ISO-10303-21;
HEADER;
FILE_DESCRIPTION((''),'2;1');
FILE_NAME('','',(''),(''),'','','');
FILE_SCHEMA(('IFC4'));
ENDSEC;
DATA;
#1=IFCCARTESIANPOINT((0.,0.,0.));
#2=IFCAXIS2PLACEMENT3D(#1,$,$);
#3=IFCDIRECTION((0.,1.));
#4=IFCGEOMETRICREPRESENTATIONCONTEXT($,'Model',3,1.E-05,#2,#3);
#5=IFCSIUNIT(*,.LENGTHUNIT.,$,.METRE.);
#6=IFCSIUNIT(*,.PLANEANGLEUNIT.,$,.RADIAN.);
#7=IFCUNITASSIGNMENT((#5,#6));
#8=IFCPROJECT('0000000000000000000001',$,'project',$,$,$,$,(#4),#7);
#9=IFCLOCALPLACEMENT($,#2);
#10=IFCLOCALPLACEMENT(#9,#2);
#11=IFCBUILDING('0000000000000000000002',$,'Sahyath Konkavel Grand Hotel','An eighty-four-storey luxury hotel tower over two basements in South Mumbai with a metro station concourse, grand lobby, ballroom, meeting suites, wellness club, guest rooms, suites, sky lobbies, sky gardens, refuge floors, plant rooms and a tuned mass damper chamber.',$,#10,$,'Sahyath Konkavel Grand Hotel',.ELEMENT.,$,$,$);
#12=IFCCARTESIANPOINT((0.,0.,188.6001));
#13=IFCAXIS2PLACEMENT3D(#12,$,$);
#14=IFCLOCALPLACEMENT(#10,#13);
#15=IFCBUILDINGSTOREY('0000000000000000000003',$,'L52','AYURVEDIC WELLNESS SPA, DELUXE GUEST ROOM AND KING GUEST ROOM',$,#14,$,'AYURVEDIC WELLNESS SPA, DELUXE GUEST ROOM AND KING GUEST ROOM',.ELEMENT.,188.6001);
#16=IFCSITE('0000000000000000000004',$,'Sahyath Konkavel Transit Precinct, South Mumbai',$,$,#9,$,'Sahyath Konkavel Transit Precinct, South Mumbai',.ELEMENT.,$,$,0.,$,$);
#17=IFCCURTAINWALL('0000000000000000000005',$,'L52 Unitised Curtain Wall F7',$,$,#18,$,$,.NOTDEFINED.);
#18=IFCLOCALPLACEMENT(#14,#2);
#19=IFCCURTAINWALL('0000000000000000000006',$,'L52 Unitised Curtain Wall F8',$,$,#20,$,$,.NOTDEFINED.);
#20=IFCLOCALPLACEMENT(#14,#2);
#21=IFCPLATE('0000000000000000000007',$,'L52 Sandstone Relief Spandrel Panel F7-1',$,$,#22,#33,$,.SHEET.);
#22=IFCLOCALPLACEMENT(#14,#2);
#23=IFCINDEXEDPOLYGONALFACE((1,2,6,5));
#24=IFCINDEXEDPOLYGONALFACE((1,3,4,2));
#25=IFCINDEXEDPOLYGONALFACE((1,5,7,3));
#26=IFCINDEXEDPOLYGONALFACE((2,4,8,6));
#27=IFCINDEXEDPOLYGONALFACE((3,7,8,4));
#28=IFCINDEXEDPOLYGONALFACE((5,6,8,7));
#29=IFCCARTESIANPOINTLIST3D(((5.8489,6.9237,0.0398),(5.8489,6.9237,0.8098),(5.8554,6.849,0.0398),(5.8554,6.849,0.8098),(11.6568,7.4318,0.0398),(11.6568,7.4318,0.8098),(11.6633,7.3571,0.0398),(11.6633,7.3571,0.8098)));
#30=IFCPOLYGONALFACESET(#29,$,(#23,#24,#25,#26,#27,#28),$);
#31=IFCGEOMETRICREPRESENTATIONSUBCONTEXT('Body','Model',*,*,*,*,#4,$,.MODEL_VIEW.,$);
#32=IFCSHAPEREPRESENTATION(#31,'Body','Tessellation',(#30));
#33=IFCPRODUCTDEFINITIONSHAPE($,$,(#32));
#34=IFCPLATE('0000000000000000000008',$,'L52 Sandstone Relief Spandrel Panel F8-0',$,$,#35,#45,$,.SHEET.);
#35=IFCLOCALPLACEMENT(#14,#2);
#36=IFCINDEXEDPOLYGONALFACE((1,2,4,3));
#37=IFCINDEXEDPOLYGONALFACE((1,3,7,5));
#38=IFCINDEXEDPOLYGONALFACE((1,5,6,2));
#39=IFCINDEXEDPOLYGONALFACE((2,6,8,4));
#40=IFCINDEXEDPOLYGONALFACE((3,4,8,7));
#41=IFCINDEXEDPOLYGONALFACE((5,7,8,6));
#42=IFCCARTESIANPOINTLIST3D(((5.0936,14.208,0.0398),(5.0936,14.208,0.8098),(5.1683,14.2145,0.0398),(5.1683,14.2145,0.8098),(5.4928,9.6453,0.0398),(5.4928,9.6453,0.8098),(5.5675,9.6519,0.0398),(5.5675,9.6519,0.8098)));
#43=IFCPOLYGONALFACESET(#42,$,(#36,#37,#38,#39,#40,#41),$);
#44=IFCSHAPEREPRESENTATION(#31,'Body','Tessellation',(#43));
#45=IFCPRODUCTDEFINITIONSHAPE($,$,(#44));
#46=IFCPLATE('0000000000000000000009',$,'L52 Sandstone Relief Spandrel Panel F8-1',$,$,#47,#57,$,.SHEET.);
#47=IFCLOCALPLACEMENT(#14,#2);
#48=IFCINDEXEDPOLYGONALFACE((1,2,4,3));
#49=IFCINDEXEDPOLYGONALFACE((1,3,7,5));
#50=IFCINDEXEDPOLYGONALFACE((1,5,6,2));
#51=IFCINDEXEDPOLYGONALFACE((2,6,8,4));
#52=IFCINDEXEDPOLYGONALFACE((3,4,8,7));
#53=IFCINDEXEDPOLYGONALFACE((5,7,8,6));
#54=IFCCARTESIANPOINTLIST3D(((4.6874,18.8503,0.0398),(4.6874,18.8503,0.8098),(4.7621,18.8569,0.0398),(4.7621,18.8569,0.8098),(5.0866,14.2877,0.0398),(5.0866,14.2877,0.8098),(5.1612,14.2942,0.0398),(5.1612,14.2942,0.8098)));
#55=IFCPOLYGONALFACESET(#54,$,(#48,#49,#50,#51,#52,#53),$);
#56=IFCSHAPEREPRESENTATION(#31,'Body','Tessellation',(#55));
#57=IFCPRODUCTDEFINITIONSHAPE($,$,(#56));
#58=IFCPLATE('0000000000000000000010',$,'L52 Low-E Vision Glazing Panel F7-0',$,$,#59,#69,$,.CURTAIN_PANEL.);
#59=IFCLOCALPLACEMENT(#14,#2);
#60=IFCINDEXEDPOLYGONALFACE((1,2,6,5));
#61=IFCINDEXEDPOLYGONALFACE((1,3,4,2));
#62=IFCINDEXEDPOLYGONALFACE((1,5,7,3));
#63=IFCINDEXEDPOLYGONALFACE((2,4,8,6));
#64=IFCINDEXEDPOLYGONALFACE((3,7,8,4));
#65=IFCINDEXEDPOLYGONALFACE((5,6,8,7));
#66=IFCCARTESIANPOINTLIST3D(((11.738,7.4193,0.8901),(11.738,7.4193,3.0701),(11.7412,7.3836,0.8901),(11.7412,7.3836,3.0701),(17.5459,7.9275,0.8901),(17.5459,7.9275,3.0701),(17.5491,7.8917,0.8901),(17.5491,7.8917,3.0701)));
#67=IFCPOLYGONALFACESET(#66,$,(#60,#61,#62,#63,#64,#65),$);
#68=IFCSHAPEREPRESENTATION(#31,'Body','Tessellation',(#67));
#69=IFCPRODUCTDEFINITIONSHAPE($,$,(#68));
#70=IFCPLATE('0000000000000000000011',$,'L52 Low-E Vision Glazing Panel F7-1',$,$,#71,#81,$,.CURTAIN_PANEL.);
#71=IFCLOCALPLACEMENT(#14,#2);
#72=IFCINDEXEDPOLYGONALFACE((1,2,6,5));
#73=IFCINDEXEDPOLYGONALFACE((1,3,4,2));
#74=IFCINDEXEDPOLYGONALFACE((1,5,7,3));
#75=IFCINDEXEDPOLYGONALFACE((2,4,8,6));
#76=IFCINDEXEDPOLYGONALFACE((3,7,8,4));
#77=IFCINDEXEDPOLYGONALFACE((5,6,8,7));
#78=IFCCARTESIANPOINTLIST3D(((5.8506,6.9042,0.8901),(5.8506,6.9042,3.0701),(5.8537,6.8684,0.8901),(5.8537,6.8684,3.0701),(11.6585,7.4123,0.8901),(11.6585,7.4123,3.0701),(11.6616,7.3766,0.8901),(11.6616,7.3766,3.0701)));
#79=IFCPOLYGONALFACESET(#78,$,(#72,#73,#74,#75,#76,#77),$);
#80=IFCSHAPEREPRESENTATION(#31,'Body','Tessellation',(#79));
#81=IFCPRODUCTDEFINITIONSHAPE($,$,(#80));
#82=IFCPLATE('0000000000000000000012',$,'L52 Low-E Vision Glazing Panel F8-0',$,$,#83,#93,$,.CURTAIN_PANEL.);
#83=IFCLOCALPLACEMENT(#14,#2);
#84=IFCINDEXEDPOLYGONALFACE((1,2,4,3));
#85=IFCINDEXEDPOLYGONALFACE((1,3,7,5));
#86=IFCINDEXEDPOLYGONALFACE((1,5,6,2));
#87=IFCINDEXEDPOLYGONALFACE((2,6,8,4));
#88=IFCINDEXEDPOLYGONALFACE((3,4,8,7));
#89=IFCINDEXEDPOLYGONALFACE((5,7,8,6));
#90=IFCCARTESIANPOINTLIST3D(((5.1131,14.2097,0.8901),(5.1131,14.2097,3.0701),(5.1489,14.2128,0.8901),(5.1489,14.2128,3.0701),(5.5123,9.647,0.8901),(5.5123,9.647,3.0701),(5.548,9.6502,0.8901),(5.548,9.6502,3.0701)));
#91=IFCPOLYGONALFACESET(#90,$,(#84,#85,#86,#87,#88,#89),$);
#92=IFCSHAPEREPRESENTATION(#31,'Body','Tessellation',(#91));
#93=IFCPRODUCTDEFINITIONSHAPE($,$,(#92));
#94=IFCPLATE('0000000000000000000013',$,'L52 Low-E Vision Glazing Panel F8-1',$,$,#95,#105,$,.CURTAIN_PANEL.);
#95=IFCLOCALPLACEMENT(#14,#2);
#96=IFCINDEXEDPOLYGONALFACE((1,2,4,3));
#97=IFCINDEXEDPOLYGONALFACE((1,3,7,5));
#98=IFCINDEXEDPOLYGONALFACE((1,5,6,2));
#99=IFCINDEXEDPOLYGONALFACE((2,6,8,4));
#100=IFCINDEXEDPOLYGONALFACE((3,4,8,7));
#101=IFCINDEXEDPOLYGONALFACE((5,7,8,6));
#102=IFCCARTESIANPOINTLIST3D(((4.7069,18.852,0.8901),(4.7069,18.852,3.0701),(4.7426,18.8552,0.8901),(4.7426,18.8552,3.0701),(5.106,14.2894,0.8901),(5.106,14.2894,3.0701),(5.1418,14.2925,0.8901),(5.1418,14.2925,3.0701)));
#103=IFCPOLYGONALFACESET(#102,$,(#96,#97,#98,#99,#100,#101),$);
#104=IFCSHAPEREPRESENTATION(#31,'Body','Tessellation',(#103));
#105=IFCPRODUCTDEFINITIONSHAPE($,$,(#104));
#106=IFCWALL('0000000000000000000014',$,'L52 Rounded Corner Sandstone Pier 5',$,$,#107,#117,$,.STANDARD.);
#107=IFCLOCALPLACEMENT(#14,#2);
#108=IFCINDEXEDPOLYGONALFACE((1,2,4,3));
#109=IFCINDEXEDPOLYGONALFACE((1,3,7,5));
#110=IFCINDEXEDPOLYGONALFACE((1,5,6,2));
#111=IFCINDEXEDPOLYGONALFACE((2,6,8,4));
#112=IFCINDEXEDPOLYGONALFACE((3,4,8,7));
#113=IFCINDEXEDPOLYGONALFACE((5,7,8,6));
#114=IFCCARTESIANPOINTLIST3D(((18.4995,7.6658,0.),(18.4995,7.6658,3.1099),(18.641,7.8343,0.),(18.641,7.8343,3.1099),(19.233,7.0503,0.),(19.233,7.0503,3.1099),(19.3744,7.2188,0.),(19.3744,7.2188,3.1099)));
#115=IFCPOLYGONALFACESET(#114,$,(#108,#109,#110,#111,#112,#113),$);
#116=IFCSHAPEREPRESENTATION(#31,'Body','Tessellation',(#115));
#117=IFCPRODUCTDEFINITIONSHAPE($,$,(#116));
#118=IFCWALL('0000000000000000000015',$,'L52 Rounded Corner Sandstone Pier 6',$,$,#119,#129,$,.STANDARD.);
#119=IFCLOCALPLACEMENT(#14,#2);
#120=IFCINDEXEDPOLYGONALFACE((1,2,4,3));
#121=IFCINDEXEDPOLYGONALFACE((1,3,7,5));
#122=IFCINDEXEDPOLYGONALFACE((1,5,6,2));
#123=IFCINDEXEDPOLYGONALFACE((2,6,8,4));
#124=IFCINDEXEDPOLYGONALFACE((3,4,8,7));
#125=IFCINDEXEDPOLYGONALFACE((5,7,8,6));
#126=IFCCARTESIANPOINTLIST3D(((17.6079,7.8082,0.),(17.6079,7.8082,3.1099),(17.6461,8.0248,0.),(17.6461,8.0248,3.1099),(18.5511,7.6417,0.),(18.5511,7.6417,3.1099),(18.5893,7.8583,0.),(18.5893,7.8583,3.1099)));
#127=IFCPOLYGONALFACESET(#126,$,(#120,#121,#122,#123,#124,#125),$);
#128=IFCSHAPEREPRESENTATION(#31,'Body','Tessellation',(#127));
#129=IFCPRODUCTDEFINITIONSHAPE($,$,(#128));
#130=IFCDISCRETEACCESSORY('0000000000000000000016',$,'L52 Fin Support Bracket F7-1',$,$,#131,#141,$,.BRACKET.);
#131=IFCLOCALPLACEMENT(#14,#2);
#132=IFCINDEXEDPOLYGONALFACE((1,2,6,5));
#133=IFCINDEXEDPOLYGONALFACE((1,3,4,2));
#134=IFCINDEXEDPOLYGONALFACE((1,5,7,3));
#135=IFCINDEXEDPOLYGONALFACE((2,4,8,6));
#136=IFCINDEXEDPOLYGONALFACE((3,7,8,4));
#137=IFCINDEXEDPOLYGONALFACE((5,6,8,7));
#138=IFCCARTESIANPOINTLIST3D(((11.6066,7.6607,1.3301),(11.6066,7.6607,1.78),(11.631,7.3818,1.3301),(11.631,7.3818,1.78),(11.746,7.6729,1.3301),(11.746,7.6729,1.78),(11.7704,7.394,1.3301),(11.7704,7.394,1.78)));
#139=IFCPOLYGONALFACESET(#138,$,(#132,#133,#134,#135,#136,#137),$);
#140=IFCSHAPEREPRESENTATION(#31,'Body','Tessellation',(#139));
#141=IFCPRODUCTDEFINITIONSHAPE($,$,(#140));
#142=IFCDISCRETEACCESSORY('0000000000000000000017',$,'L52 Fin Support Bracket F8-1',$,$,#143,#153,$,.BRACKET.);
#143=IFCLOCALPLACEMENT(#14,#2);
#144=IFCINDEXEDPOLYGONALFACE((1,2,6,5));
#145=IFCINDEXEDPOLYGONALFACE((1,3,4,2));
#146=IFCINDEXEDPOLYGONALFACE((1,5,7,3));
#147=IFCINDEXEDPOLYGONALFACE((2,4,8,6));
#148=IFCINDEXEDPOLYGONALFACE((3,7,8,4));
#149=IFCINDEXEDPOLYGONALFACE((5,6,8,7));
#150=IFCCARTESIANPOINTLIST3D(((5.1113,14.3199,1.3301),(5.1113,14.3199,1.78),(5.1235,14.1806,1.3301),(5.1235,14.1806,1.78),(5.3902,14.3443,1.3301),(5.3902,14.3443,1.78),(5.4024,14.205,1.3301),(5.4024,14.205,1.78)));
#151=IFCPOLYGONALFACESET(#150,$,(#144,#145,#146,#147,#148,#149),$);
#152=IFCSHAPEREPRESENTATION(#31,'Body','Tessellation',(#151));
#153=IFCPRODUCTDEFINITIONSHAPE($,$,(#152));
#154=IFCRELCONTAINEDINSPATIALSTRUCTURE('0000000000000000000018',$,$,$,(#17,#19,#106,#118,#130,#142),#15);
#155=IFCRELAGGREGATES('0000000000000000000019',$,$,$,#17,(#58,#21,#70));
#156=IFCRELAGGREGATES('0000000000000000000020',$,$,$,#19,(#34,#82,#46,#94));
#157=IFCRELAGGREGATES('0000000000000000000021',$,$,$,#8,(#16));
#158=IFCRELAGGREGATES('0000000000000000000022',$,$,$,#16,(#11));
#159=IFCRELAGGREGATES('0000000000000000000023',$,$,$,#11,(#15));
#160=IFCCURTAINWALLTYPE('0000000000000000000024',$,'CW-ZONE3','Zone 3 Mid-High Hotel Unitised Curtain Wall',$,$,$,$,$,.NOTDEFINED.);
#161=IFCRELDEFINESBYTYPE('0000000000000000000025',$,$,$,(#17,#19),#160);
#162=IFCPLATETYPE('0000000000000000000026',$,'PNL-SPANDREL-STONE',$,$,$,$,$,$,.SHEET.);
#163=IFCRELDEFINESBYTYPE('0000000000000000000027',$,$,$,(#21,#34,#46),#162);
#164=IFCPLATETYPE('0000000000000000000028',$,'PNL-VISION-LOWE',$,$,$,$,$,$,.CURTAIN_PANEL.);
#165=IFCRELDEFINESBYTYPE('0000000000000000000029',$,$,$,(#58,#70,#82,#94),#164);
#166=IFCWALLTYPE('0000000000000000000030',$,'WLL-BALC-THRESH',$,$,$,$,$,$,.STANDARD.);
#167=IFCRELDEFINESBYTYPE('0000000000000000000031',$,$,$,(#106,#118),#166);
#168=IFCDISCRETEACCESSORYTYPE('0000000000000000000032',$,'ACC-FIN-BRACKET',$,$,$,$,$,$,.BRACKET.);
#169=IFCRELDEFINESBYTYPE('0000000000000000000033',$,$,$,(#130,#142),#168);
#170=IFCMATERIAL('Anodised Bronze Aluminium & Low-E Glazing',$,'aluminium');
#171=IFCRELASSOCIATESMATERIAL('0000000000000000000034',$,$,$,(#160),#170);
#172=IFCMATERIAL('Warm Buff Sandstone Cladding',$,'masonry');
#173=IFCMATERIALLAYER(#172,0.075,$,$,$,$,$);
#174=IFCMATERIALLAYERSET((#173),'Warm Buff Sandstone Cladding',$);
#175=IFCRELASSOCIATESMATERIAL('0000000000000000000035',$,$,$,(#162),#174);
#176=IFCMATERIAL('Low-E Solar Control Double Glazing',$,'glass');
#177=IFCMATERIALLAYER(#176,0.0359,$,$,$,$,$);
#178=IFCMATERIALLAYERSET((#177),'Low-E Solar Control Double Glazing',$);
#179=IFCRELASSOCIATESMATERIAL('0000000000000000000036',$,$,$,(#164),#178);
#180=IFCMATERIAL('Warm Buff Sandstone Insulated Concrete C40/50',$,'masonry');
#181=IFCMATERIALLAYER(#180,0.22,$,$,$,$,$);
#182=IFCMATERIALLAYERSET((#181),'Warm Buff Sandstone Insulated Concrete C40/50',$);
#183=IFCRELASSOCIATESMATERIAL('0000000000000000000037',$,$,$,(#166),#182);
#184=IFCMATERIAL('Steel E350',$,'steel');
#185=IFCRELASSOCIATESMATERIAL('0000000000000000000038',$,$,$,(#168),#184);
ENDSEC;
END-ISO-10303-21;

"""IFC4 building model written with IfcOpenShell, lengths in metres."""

from ifc_helpers import new_model, si_unit, direction, frame, frame_2d, origin, origin_2d, place, context, subcontext, project, spatial, rectangle, extrude, source, transform, mapped, material, layer, layer_set, type_object, element, aggregate, save


model = new_model("IFC4")

# Units and contexts
model_context = context("Model", 3, precision=1e-05, world=origin(), true_north=direction((0.0, 1.0)))
body_context = subcontext(model_context, "Body", "Model", "MODEL_VIEW")
ifc_project = project(units=[si_unit("LENGTHUNIT", "METRE"), si_unit("PLANEANGLEUNIT", "RADIAN")], contexts=[model_context])

# Site, building, storey
site_placement = place(None, origin())
site = spatial("IfcSite", under=ifc_project, at=site_placement, Name="Sahyath Konkavel Transit Precinct, South Mumbai", LongName="Sahyath Konkavel Transit Precinct, South Mumbai", CompositionType="ELEMENT", RefElevation=0.0)
building_placement = place(site_placement, origin())
building = spatial("IfcBuilding", under=site, at=building_placement, Name="Sahyath Konkavel Grand Hotel", Description="An eighty-four-storey luxury hotel tower over two basements in South Mumbai with a metro station concourse, grand lobby, ballroom, meeting suites, wellness club, guest rooms, suites, sky lobbies, sky gardens, refuge floors, plant rooms and a tuned mass damper chamber.", LongName="Sahyath Konkavel Grand Hotel", CompositionType="ELEMENT")
storey_placement = place(building_placement, frame((0.0, 0.0, 188.6001)))
storey = spatial("IfcBuildingStorey", under=building, at=storey_placement, Name="L52", Description="AYURVEDIC WELLNESS SPA, DELUXE GUEST ROOM AND KING GUEST ROOM", LongName="AYURVEDIC WELLNESS SPA, DELUXE GUEST ROOM AND KING GUEST ROOM", CompositionType="ELEMENT", Elevation=188.6001)

# Curtain walls
ifc_material_1 = material(Name="Anodised Bronze Aluminium & Low-E Glazing", Category="aluminium")
curtain_wall_type = type_object("IfcCurtainWallType", Name="CW-ZONE3", Description="Zone 3 Mid-High Hotel Unitised Curtain Wall", PredefinedType="NOTDEFINED", material=ifc_material_1)
curtain_wall_1_placement = place(storey_placement, origin())
curtain_wall_1 = element("IfcCurtainWall", 1, at=curtain_wall_1_placement, inside=storey, type_object=curtain_wall_type, Name="L52 Unitised Curtain Wall F7", PredefinedType="NOTDEFINED")
curtain_wall_2_placement = place(storey_placement, origin())
curtain_wall_2 = element("IfcCurtainWall", 2, at=curtain_wall_2_placement, inside=storey, type_object=curtain_wall_type, Name="L52 Unitised Curtain Wall F8", PredefinedType="NOTDEFINED")

# Plates
ifc_material_2 = material(Name="Warm Buff Sandstone Cladding", Category="masonry")
ifc_layer_1 = layer(ifc_material_2, 0.075)
ifc_layer_set_1 = layer_set([ifc_layer_1], Name="Warm Buff Sandstone Cladding")
plate_type_1 = type_object("IfcPlateType", Name="PNL-SPANDREL-STONE", PredefinedType="SHEET", material=ifc_layer_set_1)
shared_shape_1 = source(origin(), body_context, "Body", "SweptSolid", [
    extrude(rectangle(XDim=5.8301, YDim=0.075, at=origin_2d()), origin(), (0.0, 0.0, 1.0), 0.77),
])
plate_1_placement = place(storey_placement, frame((8.7561, 7.1404, 0.0398), z_axis=(0.0, 0.0, 1.0), x_axis=(-0.996195, -0.087156, 0.0)))
plate_1 = element("IfcPlate", 3, at=plate_1_placement, type_object=plate_type_1, Name="L52 Sandstone Relief Spandrel Panel F7-1", PredefinedType="SHEET", context=body_context, shape_type="MappedRepresentation", body=[
    mapped(shared_shape_1, transform((0.0, 0.0, 0.0), scale=1.0)),
])
shared_shape_2 = source(origin(), body_context, "Body", "SweptSolid", [
    extrude(rectangle(XDim=4.5801, YDim=0.075, at=origin_2d()), origin(), (0.0, 0.0, 1.0), 0.77),
])
plate_2_placement = place(storey_placement, frame((5.3306, 11.9299, 0.0398), z_axis=(0.0, 0.0, 1.0), x_axis=(-0.087156, 0.996195, 0.0)))
plate_2 = element("IfcPlate", 4, at=plate_2_placement, type_object=plate_type_1, Name="L52 Sandstone Relief Spandrel Panel F8-0", PredefinedType="SHEET", context=body_context, shape_type="MappedRepresentation", body=[
    mapped(shared_shape_2, transform((0.0, 0.0, 0.0), scale=1.0)),
])
plate_3_placement = place(storey_placement, frame((4.9243, 16.5723, 0.0398), z_axis=(0.0, 0.0, 1.0), x_axis=(-0.087156, 0.996195, 0.0)))
plate_3 = element("IfcPlate", 5, at=plate_3_placement, type_object=plate_type_1, Name="L52 Sandstone Relief Spandrel Panel F8-1", PredefinedType="SHEET", context=body_context, shape_type="MappedRepresentation", body=[
    mapped(shared_shape_2, transform((0.0, 0.0, 0.0), scale=1.0)),
])
ifc_material_3 = material(Name="Low-E Solar Control Double Glazing", Category="glass")
ifc_layer_2 = layer(ifc_material_3, 0.0359)
ifc_layer_set_2 = layer_set([ifc_layer_2], Name="Low-E Solar Control Double Glazing")
plate_type_2 = type_object("IfcPlateType", Name="PNL-VISION-LOWE", PredefinedType="CURTAIN_PANEL", material=ifc_layer_set_2)
shared_shape_3 = source(origin(), body_context, "Body", "SweptSolid", [
    extrude(rectangle(XDim=5.8301, YDim=0.0359, at=origin_2d()), origin(), (0.0, 0.0, 1.0), 2.1799),
])
plate_4_placement = place(storey_placement, frame((14.6436, 7.6555, 0.8901), z_axis=(0.0, 0.0, 1.0), x_axis=(-0.996195, -0.087156, 0.0)))
plate_4 = element("IfcPlate", 6, at=plate_4_placement, type_object=plate_type_2, Name="L52 Low-E Vision Glazing Panel F7-0", PredefinedType="CURTAIN_PANEL", context=body_context, shape_type="MappedRepresentation", body=[
    mapped(shared_shape_3, transform((0.0, 0.0, 0.0), scale=1.0)),
])
plate_5_placement = place(storey_placement, frame((8.7561, 7.1404, 0.8901), z_axis=(0.0, 0.0, 1.0), x_axis=(-0.996195, -0.087156, 0.0)))
plate_5 = element("IfcPlate", 7, at=plate_5_placement, type_object=plate_type_2, Name="L52 Low-E Vision Glazing Panel F7-1", PredefinedType="CURTAIN_PANEL", context=body_context, shape_type="MappedRepresentation", body=[
    mapped(shared_shape_3, transform((0.0, 0.0, 0.0), scale=1.0)),
])
aggregate(curtain_wall_1, [plate_4, plate_1, plate_5])
shared_shape_4 = source(origin(), body_context, "Body", "SweptSolid", [
    extrude(rectangle(XDim=4.5801, YDim=0.0359, at=origin_2d()), origin(), (0.0, 0.0, 1.0), 2.1799),
])
plate_6_placement = place(storey_placement, frame((5.3306, 11.9299, 0.8901), z_axis=(0.0, 0.0, 1.0), x_axis=(-0.087156, 0.996195, 0.0)))
plate_6 = element("IfcPlate", 8, at=plate_6_placement, type_object=plate_type_2, Name="L52 Low-E Vision Glazing Panel F8-0", PredefinedType="CURTAIN_PANEL", context=body_context, shape_type="MappedRepresentation", body=[
    mapped(shared_shape_4, transform((0.0, 0.0, 0.0), scale=1.0)),
])
plate_7_placement = place(storey_placement, frame((4.9243, 16.5723, 0.8901), z_axis=(0.0, 0.0, 1.0), x_axis=(-0.087156, 0.996195, 0.0)))
plate_7 = element("IfcPlate", 9, at=plate_7_placement, type_object=plate_type_2, Name="L52 Low-E Vision Glazing Panel F8-1", PredefinedType="CURTAIN_PANEL", context=body_context, shape_type="MappedRepresentation", body=[
    mapped(shared_shape_4, transform((0.0, 0.0, 0.0), scale=1.0)),
])
aggregate(curtain_wall_2, [plate_2, plate_6, plate_3, plate_7])

# Walls
ifc_material_4 = material(Name="Warm Buff Sandstone Insulated Concrete C40/50", Category="masonry")
ifc_layer_3 = layer(ifc_material_4, 0.22)
ifc_layer_set_3 = layer_set([ifc_layer_3], Name="Warm Buff Sandstone Insulated Concrete C40/50")
wall_type = type_object("IfcWallType", Name="WLL-BALC-THRESH", PredefinedType="STANDARD", material=ifc_layer_set_3)
wall_1_placement = place(storey_placement, frame((19.3037, 7.1345, 0.0), z_axis=(0.0, 0.0, 1.0), x_axis=(-0.766001, 0.642839, 0.0)))
element("IfcWall", 10, at=wall_1_placement, inside=storey, type_object=wall_type, Name="L52 Rounded Corner Sandstone Pier 5", PredefinedType="STANDARD", context=body_context, shape_type="SweptSolid", body=[
    extrude(rectangle(XDim=0.9575, YDim=0.22, at=frame_2d((0.4788, 0.0))), origin(), (0.0, 0.0, 1.0), 3.1099),
])
wall_2_placement = place(storey_placement, frame((18.5703, 7.75, 0.0), z_axis=(0.0, 0.0, 1.0), x_axis=(-0.984771, 0.173858, 0.0)))
element("IfcWall", 11, at=wall_2_placement, inside=storey, type_object=wall_type, Name="L52 Rounded Corner Sandstone Pier 6", PredefinedType="STANDARD", context=body_context, shape_type="SweptSolid", body=[
    extrude(rectangle(XDim=0.9578, YDim=0.22, at=frame_2d((0.479, 0.0))), origin(), (0.0, 0.0, 1.0), 3.1099),
])

# Discrete accessories
ifc_material_5 = material(Name="Steel E350", Category="steel")
discrete_accessory_type = type_object("IfcDiscreteAccessoryType", Name="ACC-FIN-BRACKET", PredefinedType="BRACKET", material=ifc_material_5)
shared_shape_5 = source(origin(), body_context, "Body", "SweptSolid", [
    extrude(rectangle(XDim=0.28, YDim=0.1399, at=origin_2d()), origin(), (0.0, 0.0, 1.0), 0.45),
])
for number, where, z_axis, x_axis, name in (
    (12, (11.6885, 7.5273, 1.3301), (0.0, 0.0, 1.0), (-0.087156, 0.996195, 0.0), "L52 Fin Support Bracket F7-1"),
    (13, (5.2568, 14.2625, 1.3301), (0.0, 0.0, 1.0), (0.996195, 0.087156, 0.0), "L52 Fin Support Bracket F8-1"),
):
    element("IfcDiscreteAccessory", number, at=place(storey_placement, frame(where, z_axis=z_axis, x_axis=x_axis)), inside=storey, type_object=discrete_accessory_type, Name=name, PredefinedType="BRACKET", context=body_context, shape_type="MappedRepresentation", body=[
        mapped(shared_shape_5, transform((0.0, 0.0, 0.0), scale=1.0)),
    ])

save(model, "model.ifc")
